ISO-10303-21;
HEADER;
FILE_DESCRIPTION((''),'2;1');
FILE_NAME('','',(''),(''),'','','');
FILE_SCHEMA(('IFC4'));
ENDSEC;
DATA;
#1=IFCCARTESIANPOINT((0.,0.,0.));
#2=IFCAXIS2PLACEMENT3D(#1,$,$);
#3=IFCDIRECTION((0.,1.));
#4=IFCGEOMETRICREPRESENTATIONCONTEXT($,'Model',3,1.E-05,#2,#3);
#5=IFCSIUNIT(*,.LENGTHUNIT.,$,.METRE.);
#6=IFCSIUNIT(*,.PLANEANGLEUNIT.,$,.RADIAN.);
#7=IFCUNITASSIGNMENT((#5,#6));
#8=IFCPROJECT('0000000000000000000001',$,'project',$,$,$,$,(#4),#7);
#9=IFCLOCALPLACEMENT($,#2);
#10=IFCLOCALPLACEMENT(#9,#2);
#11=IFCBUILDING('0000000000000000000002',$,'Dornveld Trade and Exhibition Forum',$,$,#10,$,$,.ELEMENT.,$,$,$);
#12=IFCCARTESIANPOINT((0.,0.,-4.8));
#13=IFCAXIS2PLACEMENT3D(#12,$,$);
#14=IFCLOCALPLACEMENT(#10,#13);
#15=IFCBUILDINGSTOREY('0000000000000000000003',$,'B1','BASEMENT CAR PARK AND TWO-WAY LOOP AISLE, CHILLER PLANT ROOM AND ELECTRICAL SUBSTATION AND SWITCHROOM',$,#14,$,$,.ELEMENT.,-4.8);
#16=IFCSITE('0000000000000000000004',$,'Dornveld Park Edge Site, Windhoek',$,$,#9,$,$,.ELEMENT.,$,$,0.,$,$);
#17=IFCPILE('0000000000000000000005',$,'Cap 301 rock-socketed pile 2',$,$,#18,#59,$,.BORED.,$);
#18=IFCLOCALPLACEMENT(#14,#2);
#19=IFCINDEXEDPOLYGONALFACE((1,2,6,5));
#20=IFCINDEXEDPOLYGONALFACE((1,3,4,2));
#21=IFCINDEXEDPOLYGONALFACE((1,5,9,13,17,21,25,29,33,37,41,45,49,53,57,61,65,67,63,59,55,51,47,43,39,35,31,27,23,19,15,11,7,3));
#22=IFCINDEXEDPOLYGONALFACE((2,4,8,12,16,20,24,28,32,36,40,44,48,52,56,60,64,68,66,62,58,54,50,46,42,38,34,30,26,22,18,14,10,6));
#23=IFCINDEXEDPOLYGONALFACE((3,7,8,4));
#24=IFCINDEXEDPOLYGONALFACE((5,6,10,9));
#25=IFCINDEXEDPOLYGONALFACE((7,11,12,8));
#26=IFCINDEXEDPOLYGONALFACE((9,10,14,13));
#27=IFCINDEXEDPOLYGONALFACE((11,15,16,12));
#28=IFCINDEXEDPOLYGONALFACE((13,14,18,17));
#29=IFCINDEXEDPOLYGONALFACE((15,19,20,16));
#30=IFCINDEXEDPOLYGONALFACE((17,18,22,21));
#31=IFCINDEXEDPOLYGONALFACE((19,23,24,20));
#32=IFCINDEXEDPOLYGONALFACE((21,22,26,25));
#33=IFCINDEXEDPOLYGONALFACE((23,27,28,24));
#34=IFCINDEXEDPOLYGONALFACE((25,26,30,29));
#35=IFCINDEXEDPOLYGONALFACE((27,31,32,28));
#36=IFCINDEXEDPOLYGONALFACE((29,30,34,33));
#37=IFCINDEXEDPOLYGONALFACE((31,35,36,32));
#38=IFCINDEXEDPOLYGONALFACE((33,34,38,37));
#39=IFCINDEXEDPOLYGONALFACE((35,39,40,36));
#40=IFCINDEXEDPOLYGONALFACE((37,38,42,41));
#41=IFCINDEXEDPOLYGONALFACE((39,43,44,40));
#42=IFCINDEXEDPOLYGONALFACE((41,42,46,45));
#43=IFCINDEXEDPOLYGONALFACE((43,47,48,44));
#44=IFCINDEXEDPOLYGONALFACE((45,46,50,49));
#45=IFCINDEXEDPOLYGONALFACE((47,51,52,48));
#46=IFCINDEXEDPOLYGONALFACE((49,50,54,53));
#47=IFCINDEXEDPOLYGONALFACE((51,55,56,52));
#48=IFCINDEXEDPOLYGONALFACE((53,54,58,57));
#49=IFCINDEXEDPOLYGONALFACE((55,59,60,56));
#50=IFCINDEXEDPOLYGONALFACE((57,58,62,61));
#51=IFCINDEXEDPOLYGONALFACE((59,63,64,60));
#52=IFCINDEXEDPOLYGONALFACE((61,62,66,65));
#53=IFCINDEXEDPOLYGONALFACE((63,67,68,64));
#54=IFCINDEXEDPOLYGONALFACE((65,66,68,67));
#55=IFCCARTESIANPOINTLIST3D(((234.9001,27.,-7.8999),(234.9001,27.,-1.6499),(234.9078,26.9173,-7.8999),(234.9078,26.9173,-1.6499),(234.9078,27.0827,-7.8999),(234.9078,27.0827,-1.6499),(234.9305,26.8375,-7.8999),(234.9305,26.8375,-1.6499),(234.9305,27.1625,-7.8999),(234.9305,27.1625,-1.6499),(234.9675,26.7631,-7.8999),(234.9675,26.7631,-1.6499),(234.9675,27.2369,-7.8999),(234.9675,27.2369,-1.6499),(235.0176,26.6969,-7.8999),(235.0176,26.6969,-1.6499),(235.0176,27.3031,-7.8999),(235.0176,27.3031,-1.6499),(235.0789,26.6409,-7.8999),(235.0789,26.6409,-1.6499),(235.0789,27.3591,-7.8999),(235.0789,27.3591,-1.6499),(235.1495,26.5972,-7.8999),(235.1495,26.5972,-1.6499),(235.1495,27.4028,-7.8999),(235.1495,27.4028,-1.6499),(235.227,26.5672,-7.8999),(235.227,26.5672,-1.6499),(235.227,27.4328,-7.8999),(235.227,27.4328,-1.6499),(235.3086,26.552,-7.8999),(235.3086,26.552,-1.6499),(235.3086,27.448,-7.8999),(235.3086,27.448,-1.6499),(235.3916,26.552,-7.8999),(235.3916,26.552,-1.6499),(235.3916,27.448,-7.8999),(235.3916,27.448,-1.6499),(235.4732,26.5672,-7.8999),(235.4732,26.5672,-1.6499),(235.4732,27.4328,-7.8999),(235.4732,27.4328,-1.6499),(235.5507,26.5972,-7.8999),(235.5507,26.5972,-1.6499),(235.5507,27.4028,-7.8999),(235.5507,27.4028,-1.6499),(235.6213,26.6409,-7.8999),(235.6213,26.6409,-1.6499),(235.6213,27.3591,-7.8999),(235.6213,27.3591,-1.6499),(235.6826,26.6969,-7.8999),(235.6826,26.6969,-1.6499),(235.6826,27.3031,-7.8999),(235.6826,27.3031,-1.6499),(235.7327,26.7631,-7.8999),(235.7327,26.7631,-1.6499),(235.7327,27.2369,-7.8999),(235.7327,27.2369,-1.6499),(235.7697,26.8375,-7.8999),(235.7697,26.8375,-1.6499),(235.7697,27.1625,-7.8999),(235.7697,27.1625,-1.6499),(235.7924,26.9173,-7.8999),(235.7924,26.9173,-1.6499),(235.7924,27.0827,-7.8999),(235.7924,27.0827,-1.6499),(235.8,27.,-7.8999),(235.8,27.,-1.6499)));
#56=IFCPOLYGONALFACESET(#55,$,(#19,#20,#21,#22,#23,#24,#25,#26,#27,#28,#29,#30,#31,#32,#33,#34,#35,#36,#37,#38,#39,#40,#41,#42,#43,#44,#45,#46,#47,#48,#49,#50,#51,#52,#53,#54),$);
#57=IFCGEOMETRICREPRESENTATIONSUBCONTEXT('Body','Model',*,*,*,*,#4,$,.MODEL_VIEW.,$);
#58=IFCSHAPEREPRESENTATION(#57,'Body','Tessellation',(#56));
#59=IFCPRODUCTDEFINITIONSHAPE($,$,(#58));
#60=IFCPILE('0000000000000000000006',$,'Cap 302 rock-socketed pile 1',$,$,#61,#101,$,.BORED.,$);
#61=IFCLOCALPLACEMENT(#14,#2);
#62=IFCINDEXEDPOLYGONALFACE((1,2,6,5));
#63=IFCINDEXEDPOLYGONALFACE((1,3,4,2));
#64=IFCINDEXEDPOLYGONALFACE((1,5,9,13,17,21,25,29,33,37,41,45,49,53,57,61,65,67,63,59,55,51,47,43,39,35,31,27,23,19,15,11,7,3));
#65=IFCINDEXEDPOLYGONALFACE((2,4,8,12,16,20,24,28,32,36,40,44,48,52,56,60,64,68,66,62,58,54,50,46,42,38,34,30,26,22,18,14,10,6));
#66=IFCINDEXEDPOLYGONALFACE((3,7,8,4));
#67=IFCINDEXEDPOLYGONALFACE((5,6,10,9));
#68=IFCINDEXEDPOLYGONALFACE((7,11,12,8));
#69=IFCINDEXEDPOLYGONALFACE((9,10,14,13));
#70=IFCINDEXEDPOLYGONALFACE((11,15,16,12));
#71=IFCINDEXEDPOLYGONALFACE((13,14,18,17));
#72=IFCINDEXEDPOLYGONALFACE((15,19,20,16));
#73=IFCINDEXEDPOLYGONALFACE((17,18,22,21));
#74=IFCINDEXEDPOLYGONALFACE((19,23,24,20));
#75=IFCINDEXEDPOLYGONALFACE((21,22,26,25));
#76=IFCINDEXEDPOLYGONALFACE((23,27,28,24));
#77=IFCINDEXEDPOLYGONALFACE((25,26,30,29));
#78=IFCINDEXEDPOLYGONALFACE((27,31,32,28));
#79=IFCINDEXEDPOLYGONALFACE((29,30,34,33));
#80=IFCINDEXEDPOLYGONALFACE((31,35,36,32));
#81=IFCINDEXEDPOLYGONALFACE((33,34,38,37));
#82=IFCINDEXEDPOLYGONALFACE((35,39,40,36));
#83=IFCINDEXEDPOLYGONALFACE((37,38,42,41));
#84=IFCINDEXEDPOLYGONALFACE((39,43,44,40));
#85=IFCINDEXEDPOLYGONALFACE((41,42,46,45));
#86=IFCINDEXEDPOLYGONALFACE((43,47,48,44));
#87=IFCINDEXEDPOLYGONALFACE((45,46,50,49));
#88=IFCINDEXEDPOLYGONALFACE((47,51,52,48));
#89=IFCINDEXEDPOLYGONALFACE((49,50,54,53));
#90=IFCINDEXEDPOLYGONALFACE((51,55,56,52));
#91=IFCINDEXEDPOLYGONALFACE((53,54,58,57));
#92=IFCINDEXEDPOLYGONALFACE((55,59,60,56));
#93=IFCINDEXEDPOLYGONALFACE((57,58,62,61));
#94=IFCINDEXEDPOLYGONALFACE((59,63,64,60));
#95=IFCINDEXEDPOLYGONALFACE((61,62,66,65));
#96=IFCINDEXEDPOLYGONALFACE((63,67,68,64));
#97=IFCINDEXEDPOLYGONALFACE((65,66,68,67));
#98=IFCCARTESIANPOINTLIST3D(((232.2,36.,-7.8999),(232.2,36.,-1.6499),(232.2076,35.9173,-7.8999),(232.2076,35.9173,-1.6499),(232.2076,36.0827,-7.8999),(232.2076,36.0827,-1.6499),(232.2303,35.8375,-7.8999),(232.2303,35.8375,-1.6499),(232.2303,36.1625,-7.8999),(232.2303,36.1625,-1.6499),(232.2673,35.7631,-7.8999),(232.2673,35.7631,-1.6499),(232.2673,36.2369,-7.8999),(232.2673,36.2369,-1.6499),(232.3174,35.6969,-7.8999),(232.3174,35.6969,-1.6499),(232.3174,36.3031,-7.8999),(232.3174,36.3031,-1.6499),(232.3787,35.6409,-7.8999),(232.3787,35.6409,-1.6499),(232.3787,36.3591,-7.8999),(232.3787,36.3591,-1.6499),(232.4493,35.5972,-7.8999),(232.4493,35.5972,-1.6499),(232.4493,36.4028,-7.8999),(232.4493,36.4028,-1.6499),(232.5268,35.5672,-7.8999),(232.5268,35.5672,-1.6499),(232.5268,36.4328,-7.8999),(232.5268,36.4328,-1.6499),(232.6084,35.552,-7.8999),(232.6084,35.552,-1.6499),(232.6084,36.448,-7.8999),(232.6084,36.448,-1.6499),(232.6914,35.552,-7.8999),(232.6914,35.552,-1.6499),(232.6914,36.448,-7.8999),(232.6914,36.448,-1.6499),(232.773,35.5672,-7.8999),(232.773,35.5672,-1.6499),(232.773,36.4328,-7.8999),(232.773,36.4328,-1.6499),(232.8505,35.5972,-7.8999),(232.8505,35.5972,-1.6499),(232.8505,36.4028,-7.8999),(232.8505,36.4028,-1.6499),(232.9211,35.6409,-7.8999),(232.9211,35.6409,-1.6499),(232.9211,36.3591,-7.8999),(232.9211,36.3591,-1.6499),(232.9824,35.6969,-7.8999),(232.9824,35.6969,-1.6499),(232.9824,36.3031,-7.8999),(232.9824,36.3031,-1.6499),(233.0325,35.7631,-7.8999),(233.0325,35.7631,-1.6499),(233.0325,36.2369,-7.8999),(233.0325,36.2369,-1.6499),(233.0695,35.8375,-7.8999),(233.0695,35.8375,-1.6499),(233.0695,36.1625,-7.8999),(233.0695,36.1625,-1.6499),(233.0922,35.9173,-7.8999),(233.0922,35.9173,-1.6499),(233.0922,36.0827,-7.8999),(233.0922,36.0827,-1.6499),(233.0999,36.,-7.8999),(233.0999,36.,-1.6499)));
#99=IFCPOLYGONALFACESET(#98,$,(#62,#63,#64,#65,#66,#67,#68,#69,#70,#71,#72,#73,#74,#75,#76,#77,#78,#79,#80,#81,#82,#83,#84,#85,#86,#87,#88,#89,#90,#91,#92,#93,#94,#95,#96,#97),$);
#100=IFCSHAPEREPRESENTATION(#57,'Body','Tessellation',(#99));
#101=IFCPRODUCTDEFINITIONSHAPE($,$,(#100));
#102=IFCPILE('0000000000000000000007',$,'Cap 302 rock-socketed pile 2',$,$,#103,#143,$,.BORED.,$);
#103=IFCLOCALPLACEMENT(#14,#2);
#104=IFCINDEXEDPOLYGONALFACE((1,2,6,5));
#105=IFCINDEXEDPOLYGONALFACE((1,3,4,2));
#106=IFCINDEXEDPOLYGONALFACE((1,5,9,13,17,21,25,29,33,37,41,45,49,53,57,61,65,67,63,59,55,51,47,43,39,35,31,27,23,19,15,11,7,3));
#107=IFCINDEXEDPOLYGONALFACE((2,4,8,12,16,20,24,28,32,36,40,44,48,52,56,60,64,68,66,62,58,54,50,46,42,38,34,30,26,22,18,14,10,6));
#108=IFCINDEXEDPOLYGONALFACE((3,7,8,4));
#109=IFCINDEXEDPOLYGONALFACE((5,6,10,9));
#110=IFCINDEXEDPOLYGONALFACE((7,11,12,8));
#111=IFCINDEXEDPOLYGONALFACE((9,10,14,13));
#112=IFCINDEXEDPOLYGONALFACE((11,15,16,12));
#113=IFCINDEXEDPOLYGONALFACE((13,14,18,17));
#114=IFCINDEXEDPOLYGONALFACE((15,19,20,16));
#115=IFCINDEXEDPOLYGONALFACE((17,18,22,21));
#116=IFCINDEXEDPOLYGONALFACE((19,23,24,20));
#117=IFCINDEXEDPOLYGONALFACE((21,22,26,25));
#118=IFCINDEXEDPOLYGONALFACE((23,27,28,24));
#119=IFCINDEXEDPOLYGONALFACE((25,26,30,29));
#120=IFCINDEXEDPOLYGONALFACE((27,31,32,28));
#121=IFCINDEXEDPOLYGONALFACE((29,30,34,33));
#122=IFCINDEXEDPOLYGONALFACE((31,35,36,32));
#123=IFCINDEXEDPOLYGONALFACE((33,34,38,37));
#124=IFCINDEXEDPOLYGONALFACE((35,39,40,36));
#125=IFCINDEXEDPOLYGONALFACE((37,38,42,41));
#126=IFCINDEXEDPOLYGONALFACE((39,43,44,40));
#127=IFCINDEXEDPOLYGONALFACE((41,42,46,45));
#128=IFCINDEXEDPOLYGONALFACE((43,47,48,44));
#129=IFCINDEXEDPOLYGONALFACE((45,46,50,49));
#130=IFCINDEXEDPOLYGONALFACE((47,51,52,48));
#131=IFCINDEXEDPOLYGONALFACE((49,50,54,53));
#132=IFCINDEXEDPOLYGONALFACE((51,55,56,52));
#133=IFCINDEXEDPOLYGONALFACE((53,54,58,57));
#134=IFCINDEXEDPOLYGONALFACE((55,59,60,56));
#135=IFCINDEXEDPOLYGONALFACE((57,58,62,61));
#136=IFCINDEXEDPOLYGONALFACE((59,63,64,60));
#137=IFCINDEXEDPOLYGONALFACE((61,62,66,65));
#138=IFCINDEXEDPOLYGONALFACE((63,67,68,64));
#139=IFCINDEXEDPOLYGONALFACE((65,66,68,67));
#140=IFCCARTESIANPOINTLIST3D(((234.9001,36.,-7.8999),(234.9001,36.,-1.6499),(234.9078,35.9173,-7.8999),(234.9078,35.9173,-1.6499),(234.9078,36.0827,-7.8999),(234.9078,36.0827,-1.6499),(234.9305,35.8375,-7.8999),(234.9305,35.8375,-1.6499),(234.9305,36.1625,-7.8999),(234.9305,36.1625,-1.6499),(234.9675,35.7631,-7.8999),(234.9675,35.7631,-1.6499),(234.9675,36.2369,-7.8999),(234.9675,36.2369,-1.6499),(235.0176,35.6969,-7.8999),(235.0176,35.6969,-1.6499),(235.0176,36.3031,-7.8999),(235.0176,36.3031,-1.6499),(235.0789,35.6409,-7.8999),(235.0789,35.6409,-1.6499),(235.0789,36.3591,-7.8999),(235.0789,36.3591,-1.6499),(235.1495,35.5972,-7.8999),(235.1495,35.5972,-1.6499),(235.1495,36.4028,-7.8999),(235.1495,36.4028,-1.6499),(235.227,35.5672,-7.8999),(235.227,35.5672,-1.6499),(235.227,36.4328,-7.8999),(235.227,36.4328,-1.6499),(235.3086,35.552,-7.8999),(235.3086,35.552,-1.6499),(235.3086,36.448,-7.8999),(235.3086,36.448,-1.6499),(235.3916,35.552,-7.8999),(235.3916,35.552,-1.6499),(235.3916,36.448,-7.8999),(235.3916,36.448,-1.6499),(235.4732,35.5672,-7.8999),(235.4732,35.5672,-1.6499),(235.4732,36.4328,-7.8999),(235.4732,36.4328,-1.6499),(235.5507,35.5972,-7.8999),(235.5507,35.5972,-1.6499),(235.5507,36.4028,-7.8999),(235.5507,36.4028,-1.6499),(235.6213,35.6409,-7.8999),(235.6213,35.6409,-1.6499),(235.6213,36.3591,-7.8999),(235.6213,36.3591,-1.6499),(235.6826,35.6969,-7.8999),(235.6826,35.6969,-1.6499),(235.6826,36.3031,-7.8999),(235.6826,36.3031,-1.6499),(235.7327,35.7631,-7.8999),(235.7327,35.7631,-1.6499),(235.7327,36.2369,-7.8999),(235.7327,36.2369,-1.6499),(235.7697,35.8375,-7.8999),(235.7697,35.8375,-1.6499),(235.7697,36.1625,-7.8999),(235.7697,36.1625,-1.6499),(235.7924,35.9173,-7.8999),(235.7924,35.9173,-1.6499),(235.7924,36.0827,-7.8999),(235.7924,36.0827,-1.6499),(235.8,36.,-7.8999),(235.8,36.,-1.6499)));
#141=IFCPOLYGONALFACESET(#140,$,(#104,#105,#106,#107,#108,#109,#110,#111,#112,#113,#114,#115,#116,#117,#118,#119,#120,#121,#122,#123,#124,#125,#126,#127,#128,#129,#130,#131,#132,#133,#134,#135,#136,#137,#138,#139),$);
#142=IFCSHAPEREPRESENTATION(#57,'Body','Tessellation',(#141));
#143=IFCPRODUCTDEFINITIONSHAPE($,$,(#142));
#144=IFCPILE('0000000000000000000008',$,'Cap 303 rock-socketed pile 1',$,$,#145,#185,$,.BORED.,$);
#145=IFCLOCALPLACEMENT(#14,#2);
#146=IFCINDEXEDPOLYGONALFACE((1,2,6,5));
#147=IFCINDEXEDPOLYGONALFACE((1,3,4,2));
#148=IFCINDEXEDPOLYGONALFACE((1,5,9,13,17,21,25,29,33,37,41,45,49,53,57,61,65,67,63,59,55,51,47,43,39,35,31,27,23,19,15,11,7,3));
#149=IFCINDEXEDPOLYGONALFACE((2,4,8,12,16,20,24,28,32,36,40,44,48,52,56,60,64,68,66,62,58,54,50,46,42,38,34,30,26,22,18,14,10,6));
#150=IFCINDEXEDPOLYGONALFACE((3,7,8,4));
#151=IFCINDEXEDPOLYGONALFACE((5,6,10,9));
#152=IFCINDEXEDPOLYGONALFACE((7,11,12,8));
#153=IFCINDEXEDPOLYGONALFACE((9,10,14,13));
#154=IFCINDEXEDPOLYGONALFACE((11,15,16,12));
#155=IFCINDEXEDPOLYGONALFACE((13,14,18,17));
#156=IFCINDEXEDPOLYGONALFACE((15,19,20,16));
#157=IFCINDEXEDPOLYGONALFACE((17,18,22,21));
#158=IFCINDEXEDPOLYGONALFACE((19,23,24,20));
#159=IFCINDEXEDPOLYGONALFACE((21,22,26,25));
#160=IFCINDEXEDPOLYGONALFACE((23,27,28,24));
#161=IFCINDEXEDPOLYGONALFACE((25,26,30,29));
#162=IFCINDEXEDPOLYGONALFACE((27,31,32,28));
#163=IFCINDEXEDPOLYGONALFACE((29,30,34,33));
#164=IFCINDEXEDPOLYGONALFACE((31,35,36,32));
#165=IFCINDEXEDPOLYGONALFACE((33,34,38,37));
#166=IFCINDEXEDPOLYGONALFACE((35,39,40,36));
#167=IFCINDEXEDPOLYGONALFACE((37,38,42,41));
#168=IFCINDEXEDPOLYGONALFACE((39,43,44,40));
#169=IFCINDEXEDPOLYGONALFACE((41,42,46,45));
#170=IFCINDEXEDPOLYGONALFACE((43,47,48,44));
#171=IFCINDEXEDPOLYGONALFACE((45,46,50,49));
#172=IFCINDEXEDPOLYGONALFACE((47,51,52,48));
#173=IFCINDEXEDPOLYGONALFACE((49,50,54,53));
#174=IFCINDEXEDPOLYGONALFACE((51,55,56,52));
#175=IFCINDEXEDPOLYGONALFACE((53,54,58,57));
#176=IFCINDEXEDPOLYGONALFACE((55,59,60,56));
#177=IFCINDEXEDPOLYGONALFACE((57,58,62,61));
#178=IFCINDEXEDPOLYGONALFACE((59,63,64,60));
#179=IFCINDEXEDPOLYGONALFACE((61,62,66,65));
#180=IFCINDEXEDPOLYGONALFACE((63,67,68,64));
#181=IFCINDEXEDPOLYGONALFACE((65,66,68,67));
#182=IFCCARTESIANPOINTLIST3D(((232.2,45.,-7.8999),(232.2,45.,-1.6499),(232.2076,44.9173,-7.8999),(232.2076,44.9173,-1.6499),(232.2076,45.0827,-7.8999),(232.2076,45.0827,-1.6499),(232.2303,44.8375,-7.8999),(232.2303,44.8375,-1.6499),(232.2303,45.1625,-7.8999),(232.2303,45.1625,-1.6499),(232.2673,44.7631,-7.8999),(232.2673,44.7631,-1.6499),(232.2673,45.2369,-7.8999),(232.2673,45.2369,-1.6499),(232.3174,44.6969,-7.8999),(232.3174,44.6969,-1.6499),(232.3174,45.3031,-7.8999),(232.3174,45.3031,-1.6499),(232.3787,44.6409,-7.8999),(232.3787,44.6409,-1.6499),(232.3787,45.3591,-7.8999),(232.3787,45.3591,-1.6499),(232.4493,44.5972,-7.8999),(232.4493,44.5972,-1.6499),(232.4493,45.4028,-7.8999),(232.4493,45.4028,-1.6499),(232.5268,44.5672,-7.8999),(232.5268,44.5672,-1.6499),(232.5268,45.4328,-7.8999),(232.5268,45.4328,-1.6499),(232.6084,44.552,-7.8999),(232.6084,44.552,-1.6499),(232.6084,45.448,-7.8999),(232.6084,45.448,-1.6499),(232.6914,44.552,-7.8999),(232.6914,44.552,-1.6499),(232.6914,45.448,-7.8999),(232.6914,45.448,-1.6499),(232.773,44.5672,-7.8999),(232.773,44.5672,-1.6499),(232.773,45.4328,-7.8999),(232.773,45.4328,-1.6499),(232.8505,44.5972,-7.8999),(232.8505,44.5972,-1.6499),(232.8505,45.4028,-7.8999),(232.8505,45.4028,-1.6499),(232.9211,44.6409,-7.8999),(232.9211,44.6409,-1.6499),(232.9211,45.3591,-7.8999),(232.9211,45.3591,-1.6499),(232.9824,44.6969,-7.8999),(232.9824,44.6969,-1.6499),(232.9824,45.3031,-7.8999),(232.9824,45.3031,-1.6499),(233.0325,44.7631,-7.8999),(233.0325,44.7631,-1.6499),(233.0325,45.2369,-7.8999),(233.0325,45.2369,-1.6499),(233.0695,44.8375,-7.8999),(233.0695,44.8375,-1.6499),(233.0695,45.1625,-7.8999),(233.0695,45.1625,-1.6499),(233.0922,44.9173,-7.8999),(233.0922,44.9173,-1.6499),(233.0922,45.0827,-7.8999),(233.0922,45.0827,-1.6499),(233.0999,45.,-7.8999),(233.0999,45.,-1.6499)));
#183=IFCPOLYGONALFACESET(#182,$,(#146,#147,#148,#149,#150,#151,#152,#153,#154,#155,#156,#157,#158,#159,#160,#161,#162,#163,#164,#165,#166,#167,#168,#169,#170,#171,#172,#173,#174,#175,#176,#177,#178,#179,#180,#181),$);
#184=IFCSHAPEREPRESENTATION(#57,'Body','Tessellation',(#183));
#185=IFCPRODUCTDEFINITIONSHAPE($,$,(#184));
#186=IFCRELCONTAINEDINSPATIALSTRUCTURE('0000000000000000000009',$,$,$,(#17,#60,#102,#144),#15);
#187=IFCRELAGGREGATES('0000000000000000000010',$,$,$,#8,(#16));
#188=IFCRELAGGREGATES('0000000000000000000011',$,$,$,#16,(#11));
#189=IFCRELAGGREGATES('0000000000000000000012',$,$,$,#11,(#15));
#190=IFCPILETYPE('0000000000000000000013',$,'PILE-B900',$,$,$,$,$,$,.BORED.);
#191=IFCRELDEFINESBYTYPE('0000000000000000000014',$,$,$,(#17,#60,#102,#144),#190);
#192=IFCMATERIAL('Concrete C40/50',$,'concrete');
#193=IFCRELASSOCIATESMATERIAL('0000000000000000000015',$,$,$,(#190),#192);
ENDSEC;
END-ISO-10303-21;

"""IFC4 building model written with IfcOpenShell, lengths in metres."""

from ifc_helpers import new_model, si_unit, direction, frame, origin, origin_2d, place, context, subcontext, project, spatial, circle, extrude, material, material_profile, profile_set, type_object, element, save


model = new_model("IFC4")

# Units and contexts
model_context = context("Model", 3, precision=1e-05, world=origin(), true_north=direction((0.0, 1.0)))
body_context = subcontext(model_context, "Body", "Model", "MODEL_VIEW")
ifc_project = project(units=[si_unit("LENGTHUNIT", "METRE"), si_unit("PLANEANGLEUNIT", "RADIAN")], contexts=[model_context])

# Site, building, storey
site_placement = place(None, origin())
site = spatial("IfcSite", under=ifc_project, at=site_placement, Name="Dornveld Park Edge Site, Windhoek", CompositionType="ELEMENT", RefElevation=0.0)
building_placement = place(site_placement, origin())
building = spatial("IfcBuilding", under=site, at=building_placement, Name="Dornveld Trade and Exhibition Forum", CompositionType="ELEMENT")
storey_placement = place(building_placement, frame((0.0, 0.0, -4.8)))
storey = spatial("IfcBuildingStorey", under=building, at=storey_placement, Name="B1", Description="BASEMENT CAR PARK AND TWO-WAY LOOP AISLE, CHILLER PLANT ROOM AND ELECTRICAL SUBSTATION AND SWITCHROOM", CompositionType="ELEMENT", Elevation=-4.8)

# Piles
ifc_material_1 = material(Name="Concrete C40/50", Category="concrete")
ifc_material_profile_1 = material_profile(ifc_material_1, circle(Radius=0.45, at=origin_2d()), Name="PILE D900")
ifc_profile_set_1 = profile_set([ifc_material_profile_1], Name="Concrete C40/50")
pile_type = type_object("IfcPileType", Name="PILE-B900", PredefinedType="BORED", material=ifc_profile_set_1)
for number, where, z_axis, x_axis, name in (
    (1, (235.3501, 27.0, -1.6499), (0.0, 0.0, -1.0), (1.0, 0.0, 0.0), "Cap 301 rock-socketed pile 2"),
    (2, (232.6499, 36.0, -1.6499), (0.0, 0.0, -1.0), (1.0, 0.0, 0.0), "Cap 302 rock-socketed pile 1"),
    (3, (235.3501, 36.0, -1.6499), (0.0, 0.0, -1.0), (1.0, 0.0, 0.0), "Cap 302 rock-socketed pile 2"),
    (4, (232.6499, 45.0, -1.6499), (0.0, 0.0, -1.0), (1.0, 0.0, 0.0), "Cap 303 rock-socketed pile 1"),
):
    element("IfcPile", number, at=place(storey_placement, frame(where, z_axis=z_axis, x_axis=x_axis)), inside=storey, type_object=pile_type, Name=name, PredefinedType="BORED", context=body_context, shape_type="SweptSolid", body=[
        extrude(circle(Radius=0.45, at=origin_2d()), origin(), (0.0, 0.0, 1.0), 6.25),
    ])

save(model, "model.ifc")
